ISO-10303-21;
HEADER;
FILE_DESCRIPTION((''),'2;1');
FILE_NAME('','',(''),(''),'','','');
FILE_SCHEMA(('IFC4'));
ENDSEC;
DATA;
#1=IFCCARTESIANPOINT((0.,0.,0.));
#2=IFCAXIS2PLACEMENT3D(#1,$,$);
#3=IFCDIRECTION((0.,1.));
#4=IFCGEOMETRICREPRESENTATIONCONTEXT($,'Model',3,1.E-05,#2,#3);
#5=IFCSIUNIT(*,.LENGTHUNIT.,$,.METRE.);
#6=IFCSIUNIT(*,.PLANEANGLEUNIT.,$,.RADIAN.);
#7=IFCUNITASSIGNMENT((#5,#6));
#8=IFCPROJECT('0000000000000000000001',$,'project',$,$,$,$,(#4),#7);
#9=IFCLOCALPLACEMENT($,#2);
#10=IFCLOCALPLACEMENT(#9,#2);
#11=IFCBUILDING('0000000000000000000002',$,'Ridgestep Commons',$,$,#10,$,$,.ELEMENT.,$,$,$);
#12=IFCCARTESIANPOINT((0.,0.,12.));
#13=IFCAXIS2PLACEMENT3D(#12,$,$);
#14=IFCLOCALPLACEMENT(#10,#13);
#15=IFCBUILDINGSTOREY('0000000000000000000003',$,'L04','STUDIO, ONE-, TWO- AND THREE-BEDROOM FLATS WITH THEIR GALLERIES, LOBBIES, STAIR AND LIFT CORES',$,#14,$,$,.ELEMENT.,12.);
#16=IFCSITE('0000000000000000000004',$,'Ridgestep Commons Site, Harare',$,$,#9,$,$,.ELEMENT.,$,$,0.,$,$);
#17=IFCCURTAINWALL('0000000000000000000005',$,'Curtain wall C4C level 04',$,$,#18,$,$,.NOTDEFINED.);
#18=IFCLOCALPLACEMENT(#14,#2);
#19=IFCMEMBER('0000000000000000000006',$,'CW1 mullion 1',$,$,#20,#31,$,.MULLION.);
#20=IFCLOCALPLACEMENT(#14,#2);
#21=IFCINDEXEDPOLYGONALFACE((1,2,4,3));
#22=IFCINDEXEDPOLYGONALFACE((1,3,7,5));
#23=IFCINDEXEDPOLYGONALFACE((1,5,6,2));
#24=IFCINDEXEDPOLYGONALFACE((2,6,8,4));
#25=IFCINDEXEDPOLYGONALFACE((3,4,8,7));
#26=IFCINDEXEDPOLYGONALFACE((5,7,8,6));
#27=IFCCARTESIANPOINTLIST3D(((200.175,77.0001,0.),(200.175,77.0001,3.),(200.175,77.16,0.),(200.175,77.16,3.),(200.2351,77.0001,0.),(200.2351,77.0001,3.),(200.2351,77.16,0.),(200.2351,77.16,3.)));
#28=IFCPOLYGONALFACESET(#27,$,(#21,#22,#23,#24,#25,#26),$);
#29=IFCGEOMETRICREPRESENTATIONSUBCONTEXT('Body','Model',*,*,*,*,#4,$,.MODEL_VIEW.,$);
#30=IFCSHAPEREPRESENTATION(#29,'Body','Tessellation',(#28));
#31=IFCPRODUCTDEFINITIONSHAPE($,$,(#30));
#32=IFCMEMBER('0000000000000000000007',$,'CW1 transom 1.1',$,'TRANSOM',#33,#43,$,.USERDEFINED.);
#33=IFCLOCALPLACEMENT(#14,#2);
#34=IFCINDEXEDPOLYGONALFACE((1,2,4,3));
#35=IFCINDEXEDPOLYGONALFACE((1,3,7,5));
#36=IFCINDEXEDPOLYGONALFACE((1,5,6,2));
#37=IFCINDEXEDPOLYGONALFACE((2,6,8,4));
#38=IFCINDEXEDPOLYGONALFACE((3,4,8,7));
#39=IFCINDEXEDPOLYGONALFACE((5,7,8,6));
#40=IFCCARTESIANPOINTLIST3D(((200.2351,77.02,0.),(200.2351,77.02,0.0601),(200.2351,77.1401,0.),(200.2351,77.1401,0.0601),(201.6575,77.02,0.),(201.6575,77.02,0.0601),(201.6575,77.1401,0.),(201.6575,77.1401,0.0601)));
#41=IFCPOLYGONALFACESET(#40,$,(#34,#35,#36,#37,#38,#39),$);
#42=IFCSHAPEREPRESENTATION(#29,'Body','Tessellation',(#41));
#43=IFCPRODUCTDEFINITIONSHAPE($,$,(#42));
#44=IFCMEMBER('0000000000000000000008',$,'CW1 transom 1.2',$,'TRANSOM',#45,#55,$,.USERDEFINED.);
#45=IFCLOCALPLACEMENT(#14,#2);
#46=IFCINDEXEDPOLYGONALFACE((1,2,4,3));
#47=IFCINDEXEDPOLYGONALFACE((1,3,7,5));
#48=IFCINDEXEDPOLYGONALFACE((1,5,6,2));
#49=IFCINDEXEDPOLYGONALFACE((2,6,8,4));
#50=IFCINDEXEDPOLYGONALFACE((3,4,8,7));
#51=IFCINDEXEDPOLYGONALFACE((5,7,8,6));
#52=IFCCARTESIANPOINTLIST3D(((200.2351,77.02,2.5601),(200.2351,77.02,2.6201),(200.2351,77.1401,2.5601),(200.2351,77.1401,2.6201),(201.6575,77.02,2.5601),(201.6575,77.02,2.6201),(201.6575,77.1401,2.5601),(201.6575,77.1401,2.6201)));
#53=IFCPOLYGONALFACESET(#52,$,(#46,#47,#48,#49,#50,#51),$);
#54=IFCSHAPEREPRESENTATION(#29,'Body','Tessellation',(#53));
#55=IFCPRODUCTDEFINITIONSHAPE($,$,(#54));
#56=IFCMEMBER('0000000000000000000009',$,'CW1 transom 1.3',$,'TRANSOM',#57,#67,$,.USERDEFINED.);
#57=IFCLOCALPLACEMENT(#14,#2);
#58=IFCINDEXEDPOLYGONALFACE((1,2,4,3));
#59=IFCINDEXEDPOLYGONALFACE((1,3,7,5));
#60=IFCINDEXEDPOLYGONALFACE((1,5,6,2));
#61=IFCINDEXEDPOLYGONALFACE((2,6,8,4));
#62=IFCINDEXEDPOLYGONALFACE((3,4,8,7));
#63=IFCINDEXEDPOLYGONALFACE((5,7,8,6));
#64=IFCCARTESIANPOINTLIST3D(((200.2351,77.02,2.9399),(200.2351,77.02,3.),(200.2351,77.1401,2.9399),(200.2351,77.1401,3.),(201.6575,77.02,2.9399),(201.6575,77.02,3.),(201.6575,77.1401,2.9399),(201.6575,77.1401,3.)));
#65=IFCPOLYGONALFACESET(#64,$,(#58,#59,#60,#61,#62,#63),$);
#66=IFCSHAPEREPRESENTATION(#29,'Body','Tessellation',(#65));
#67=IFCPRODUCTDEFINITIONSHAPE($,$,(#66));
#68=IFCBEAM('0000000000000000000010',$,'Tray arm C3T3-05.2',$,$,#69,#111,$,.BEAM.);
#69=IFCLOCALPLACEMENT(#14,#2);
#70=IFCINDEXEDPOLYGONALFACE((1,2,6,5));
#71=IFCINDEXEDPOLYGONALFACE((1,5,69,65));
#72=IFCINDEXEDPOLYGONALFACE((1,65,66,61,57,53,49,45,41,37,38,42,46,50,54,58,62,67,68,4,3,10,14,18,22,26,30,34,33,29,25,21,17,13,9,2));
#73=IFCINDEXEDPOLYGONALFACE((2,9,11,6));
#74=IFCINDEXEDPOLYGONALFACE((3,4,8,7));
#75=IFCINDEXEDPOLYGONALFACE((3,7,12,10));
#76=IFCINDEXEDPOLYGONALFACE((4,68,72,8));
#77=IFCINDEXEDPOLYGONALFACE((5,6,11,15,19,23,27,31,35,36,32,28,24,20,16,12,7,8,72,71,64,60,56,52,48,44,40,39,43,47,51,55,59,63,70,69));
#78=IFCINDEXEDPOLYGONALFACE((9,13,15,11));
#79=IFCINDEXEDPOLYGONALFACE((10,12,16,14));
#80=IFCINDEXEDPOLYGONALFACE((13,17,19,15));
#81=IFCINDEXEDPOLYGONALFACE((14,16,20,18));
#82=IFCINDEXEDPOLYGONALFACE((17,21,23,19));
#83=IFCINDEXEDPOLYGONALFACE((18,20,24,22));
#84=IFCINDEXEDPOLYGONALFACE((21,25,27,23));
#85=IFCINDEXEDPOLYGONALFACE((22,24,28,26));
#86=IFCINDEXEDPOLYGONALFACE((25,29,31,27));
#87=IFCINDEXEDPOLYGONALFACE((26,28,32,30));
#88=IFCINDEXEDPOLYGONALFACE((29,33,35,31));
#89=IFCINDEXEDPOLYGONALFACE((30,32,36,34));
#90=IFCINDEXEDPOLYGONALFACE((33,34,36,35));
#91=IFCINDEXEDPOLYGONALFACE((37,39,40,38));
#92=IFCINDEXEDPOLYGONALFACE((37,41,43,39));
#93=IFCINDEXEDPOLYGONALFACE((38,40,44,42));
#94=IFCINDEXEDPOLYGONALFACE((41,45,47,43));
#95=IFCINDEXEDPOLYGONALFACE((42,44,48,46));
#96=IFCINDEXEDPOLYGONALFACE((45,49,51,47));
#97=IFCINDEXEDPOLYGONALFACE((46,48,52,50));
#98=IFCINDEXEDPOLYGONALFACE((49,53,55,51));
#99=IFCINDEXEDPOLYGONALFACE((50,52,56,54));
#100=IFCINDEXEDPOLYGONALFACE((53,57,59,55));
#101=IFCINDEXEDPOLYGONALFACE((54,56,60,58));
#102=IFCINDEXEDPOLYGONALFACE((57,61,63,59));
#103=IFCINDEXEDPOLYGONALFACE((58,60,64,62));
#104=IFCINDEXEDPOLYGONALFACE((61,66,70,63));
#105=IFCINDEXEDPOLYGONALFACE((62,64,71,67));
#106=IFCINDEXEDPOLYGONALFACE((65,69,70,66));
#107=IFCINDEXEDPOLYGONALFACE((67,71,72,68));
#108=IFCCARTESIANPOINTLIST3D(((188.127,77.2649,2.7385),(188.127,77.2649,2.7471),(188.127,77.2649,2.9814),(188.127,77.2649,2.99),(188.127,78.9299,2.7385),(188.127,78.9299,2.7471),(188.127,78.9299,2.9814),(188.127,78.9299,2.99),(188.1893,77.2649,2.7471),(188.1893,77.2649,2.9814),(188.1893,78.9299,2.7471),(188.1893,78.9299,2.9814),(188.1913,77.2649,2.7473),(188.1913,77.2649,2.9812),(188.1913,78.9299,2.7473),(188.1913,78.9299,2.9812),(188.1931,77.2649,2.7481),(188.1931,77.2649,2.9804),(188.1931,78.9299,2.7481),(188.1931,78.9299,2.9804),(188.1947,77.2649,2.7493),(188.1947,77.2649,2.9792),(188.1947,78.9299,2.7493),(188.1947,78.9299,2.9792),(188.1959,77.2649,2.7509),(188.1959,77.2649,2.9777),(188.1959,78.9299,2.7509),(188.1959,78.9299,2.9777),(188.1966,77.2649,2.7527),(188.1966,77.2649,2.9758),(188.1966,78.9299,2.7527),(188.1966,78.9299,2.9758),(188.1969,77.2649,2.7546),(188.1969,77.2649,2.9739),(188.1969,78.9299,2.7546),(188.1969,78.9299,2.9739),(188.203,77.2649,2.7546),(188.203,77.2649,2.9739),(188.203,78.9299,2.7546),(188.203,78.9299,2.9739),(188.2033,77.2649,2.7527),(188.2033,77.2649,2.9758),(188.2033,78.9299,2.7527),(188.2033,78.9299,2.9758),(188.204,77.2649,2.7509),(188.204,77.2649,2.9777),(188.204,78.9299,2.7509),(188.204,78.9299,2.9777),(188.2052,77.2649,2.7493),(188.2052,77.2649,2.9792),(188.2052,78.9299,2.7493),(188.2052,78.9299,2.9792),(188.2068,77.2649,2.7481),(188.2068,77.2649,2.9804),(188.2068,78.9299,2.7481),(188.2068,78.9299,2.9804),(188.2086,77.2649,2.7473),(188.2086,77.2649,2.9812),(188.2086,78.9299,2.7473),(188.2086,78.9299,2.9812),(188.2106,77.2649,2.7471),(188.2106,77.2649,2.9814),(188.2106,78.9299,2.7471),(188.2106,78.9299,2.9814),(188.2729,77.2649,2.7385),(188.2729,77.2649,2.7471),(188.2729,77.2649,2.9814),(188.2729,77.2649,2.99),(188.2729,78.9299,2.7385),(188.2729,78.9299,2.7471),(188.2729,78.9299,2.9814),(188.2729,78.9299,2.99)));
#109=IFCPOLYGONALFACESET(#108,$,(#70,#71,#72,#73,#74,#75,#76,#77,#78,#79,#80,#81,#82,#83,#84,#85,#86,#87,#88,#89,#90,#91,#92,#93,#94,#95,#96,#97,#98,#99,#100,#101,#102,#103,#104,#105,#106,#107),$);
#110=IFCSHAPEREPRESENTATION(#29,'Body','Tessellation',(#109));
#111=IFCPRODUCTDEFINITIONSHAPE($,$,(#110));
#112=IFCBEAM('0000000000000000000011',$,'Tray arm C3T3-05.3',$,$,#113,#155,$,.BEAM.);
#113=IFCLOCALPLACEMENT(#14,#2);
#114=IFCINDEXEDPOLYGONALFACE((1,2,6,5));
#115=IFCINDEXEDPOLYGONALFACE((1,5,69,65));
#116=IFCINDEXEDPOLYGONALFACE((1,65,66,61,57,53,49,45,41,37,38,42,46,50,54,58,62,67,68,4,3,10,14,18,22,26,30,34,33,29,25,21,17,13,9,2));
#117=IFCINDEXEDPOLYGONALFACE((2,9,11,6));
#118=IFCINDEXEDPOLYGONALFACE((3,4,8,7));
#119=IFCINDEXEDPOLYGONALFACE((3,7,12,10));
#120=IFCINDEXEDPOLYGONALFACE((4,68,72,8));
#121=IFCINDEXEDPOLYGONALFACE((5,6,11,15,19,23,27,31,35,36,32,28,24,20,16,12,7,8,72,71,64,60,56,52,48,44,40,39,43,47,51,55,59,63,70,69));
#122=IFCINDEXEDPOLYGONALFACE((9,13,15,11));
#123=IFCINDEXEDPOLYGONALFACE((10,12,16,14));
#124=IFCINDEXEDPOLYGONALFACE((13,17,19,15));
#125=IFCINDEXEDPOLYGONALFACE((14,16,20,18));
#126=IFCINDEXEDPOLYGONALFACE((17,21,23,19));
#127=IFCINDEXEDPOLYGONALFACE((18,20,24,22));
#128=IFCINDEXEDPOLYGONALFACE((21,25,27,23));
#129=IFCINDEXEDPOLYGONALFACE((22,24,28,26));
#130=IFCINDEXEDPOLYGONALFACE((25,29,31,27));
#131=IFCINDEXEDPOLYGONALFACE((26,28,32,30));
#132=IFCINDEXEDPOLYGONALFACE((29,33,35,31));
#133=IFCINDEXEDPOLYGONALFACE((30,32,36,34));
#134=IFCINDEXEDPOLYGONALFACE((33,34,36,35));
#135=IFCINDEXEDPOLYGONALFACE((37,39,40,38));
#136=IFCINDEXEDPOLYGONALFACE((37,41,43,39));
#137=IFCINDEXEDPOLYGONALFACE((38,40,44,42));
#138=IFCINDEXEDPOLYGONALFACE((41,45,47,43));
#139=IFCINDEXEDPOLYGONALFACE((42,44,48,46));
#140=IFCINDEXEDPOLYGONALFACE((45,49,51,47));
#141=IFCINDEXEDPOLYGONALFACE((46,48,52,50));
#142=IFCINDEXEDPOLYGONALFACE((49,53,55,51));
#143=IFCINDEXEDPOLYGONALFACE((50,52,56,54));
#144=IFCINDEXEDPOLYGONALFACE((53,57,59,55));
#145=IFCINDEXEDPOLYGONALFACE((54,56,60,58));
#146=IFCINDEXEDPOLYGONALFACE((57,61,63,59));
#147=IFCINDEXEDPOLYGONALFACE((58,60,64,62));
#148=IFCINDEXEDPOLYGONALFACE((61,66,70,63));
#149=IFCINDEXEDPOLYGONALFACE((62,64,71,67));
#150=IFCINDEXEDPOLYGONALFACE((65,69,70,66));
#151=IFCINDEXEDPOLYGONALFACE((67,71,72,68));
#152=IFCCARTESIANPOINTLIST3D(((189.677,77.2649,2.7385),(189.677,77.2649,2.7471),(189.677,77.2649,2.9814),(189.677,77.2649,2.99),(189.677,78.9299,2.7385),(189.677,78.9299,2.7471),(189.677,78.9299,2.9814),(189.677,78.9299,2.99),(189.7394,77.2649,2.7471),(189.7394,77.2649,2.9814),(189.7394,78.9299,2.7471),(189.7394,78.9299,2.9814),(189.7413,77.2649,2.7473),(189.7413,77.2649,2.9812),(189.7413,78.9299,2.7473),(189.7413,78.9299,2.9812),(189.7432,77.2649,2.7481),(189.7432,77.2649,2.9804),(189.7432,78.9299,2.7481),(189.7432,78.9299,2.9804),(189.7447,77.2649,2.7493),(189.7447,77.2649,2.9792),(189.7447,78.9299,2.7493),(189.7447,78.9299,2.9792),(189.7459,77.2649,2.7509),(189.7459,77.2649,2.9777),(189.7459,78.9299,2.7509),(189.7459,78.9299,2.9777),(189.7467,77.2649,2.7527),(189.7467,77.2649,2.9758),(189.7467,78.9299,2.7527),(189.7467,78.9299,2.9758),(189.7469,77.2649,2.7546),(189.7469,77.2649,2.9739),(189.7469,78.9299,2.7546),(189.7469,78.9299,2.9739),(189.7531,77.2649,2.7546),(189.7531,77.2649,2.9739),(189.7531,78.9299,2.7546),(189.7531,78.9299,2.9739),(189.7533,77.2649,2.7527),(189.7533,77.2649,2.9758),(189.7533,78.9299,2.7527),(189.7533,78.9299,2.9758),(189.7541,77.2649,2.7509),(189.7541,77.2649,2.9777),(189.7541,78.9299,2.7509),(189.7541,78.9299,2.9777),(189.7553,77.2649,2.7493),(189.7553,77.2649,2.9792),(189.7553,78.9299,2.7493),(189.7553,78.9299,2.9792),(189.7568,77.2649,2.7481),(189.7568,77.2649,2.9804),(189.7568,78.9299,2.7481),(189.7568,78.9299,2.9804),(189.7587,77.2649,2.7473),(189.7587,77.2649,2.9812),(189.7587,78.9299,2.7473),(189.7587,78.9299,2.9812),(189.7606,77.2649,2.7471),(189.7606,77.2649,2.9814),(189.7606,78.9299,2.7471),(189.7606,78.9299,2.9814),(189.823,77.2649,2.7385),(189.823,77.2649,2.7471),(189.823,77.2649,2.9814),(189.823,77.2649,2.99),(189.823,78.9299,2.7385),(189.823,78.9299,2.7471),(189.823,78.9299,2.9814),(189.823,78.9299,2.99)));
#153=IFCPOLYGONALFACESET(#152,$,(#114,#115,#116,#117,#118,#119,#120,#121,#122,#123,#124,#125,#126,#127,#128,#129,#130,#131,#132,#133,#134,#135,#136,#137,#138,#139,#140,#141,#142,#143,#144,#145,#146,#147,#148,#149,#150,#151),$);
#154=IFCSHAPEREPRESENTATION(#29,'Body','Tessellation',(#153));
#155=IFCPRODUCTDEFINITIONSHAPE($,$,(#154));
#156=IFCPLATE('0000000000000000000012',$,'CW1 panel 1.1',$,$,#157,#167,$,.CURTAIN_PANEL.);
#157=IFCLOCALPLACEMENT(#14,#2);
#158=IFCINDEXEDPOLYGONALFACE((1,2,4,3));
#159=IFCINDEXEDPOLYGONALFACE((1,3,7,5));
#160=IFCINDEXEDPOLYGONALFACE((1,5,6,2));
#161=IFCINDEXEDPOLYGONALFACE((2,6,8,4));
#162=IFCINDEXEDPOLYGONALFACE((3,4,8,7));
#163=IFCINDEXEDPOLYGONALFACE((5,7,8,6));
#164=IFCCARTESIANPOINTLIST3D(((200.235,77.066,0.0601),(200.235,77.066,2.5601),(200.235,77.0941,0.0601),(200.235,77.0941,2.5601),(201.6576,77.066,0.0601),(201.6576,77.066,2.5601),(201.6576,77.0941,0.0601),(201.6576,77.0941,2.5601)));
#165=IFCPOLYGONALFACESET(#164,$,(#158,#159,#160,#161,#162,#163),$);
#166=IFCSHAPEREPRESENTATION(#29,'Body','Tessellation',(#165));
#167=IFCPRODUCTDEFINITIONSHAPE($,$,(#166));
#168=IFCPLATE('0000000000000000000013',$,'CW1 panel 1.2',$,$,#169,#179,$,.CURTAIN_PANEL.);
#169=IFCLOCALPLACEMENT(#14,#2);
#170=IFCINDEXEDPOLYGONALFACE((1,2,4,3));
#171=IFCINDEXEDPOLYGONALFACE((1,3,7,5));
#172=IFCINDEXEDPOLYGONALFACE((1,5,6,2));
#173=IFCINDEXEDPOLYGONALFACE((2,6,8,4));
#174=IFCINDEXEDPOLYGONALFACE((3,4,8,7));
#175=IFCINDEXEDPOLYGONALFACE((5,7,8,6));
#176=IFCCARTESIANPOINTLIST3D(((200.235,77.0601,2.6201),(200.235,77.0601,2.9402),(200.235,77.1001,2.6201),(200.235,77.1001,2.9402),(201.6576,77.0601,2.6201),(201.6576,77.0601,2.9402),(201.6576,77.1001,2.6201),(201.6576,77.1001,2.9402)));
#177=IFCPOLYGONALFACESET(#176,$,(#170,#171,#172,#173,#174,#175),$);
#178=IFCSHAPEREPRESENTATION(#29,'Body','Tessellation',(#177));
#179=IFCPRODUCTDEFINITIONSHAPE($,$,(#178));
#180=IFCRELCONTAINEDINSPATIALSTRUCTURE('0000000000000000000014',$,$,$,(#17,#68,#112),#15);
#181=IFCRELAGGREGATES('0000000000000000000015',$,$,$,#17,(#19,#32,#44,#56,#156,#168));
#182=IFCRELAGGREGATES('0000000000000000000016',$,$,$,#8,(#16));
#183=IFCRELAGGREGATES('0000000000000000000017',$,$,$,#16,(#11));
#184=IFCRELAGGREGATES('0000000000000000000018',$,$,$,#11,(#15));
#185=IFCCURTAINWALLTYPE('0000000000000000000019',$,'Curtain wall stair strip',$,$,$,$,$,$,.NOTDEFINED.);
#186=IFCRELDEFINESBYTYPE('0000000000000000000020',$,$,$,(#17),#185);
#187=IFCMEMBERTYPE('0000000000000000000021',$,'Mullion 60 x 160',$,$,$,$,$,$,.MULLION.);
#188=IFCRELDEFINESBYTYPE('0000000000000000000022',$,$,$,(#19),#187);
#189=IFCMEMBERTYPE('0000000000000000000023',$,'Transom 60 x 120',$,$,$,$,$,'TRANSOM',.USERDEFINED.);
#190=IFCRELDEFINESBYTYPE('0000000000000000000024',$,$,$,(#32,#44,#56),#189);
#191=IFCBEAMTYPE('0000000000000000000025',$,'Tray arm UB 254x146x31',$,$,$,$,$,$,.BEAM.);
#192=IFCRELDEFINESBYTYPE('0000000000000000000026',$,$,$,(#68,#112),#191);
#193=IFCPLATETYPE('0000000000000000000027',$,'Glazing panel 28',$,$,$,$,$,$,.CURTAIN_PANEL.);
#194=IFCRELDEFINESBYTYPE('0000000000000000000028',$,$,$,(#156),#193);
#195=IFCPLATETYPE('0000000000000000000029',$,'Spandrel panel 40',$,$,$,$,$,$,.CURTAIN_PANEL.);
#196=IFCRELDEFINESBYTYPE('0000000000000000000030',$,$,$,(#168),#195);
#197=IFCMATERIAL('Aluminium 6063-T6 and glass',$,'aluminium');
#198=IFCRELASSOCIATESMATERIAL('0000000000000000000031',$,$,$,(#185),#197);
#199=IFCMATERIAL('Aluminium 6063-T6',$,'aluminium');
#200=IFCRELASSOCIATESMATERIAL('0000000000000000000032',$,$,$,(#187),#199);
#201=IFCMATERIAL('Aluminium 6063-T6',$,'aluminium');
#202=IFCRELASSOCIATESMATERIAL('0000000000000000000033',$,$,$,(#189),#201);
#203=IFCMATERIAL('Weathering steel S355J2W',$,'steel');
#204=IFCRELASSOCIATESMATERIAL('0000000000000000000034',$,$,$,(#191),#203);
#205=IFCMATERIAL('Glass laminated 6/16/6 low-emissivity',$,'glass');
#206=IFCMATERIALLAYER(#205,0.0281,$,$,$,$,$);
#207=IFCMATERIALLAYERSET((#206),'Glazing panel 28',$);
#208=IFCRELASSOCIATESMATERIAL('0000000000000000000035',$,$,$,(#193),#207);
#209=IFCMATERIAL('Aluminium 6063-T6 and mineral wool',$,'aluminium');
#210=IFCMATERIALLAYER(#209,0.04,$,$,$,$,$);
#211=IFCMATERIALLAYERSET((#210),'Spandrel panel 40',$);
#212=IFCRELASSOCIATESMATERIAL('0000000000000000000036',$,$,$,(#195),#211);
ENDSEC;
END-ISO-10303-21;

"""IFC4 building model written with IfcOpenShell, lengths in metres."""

from ifc_helpers import new_model, si_unit, direction, frame, origin, origin_2d, place, context, subcontext, project, spatial, rectangle, i_section, extrude, material, layer, layer_set, material_profile, profile_set, type_object, element, aggregate, save


model = new_model("IFC4")

# Units and contexts
model_context = context("Model", 3, precision=1e-05, world=origin(), true_north=direction((0.0, 1.0)))
body_context = subcontext(model_context, "Body", "Model", "MODEL_VIEW")
ifc_project = project(units=[si_unit("LENGTHUNIT", "METRE"), si_unit("PLANEANGLEUNIT", "RADIAN")], contexts=[model_context])

# Site, building, storey
site_placement = place(None, origin())
site = spatial("IfcSite", under=ifc_project, at=site_placement, Name="Ridgestep Commons Site, Harare", CompositionType="ELEMENT", RefElevation=0.0)
building_placement = place(site_placement, origin())
building = spatial("IfcBuilding", under=site, at=building_placement, Name="Ridgestep Commons", CompositionType="ELEMENT")
storey_placement = place(building_placement, frame((0.0, 0.0, 12.0)))
storey = spatial("IfcBuildingStorey", under=building, at=storey_placement, Name="L04", Description="STUDIO, ONE-, TWO- AND THREE-BEDROOM FLATS WITH THEIR GALLERIES, LOBBIES, STAIR AND LIFT CORES", CompositionType="ELEMENT", Elevation=12.0)

# Curtain wall, members
ifc_material_1 = material(Name="Aluminium 6063-T6 and glass", Category="aluminium")
curtain_wall_type = type_object("IfcCurtainWallType", Name="Curtain wall stair strip", PredefinedType="NOTDEFINED", material=ifc_material_1)
curtain_wall_placement = place(storey_placement, origin())
curtain_wall = element("IfcCurtainWall", 1, at=curtain_wall_placement, inside=storey, type_object=curtain_wall_type, Name="Curtain wall C4C level 04", PredefinedType="NOTDEFINED")
ifc_material_2 = material(Name="Aluminium 6063-T6", Category="aluminium")
ifc_material_profile_1 = material_profile(ifc_material_2, rectangle(XDim=0.1599, YDim=0.0601, at=origin_2d()), Name="Mullion 60 x 160")
ifc_profile_set_1 = profile_set([ifc_material_profile_1], Name="Aluminium 6063-T6")
member_type_1 = type_object("IfcMemberType", Name="Mullion 60 x 160", PredefinedType="MULLION", material=ifc_profile_set_1)
member_1_placement = place(storey_placement, frame((200.2051, 77.0801, 0.0), z_axis=(0.0, 0.0, 1.0), x_axis=(0.0, 1.0, 0.0)))
member_1 = element("IfcMember", 2, at=member_1_placement, type_object=member_type_1, Name="CW1 mullion 1", PredefinedType="MULLION", context=body_context, shape_type="SweptSolid", body=[
    extrude(rectangle(XDim=0.1599, YDim=0.0601, at=origin_2d()), origin(), (0.0, 0.0, 1.0), 3.0),
])
ifc_material_3 = material(Name="Aluminium 6063-T6", Category="aluminium")
ifc_material_profile_2 = material_profile(ifc_material_3, rectangle(XDim=0.1201, YDim=0.0601, at=origin_2d()), Name="Transom 60 x 120")
ifc_profile_set_2 = profile_set([ifc_material_profile_2], Name="Aluminium 6063-T6")
member_type_2 = type_object("IfcMemberType", Name="Transom 60 x 120", ElementType="TRANSOM", PredefinedType="USERDEFINED", material=ifc_profile_set_2)
member_2_placement = place(storey_placement, frame((200.2351, 77.0801, 0.03), z_axis=(1.0, 0.0, 0.0), x_axis=(0.0, 1.0, 0.0)))
member_2 = element("IfcMember", 3, at=member_2_placement, type_object=member_type_2, Name="CW1 transom 1.1", ObjectType="TRANSOM", PredefinedType="USERDEFINED", context=body_context, shape_type="SweptSolid", body=[
    extrude(rectangle(XDim=0.1201, YDim=0.0601, at=origin_2d()), origin(), (0.0, 0.0, 1.0), 1.4224),
])
member_3_placement = place(storey_placement, frame((200.2351, 77.0801, 2.5901), z_axis=(1.0, 0.0, 0.0), x_axis=(0.0, 1.0, 0.0)))
member_3 = element("IfcMember", 4, at=member_3_placement, type_object=member_type_2, Name="CW1 transom 1.2", ObjectType="TRANSOM", PredefinedType="USERDEFINED", context=body_context, shape_type="SweptSolid", body=[
    extrude(rectangle(XDim=0.1201, YDim=0.0601, at=origin_2d()), origin(), (0.0, 0.0, 1.0), 1.4224),
])
member_4_placement = place(storey_placement, frame((200.2351, 77.0801, 2.97), z_axis=(1.0, 0.0, 0.0), x_axis=(0.0, 1.0, 0.0)))
member_4 = element("IfcMember", 5, at=member_4_placement, type_object=member_type_2, Name="CW1 transom 1.3", ObjectType="TRANSOM", PredefinedType="USERDEFINED", context=body_context, shape_type="SweptSolid", body=[
    extrude(rectangle(XDim=0.1201, YDim=0.0601, at=origin_2d()), origin(), (0.0, 0.0, 1.0), 1.4224),
])

# Beams
ifc_material_4 = material(Name="Weathering steel S355J2W", Category="steel")
ifc_material_profile_3 = material_profile(ifc_material_4, i_section(OverallWidth=0.146, OverallDepth=0.2515, WebThickness=0.0061, FlangeThickness=0.0085, FilletRadius=0.0076, at=origin_2d()), Name="UB 254x146x31")
ifc_profile_set_3 = profile_set([ifc_material_profile_3], Name="Weathering steel S355J2W")
beam_type = type_object("IfcBeamType", Name="Tray arm UB 254x146x31", PredefinedType="BEAM", material=ifc_profile_set_3)
for number, where, z_axis, x_axis, name in (
    (6, (188.2, 77.2649, 2.8643), (0.0, 1.0, 0.0), (-1.0, 0.0, 0.0), "Tray arm C3T3-05.2"),
    (7, (189.75, 77.2649, 2.8643), (0.0, 1.0, 0.0), (-1.0, 0.0, 0.0), "Tray arm C3T3-05.3"),
):
    element("IfcBeam", number, at=place(storey_placement, frame(where, z_axis=z_axis, x_axis=x_axis)), inside=storey, type_object=beam_type, Name=name, PredefinedType="BEAM", context=body_context, shape_type="SweptSolid", body=[
        extrude(i_section(OverallWidth=0.146, OverallDepth=0.2515, WebThickness=0.0061, FlangeThickness=0.0085, FilletRadius=0.0076, at=origin_2d()), origin(), (0.0, 0.0, 1.0), 1.665),
    ])

# Plates
ifc_material_5 = material(Name="Glass laminated 6/16/6 low-emissivity", Category="glass")
ifc_layer_1 = layer(ifc_material_5, 0.0281)
ifc_layer_set_1 = layer_set([ifc_layer_1], Name="Glazing panel 28")
plate_type_1 = type_object("IfcPlateType", Name="Glazing panel 28", PredefinedType="CURTAIN_PANEL", material=ifc_layer_set_1)
plate_1_placement = place(storey_placement, frame((200.9463, 77.0801, 0.0601), z_axis=(0.0, 0.0, 1.0), x_axis=(1.0, 0.0, 0.0)))
plate_1 = element("IfcPlate", 8, at=plate_1_placement, type_object=plate_type_1, Name="CW1 panel 1.1", PredefinedType="CURTAIN_PANEL", context=body_context, shape_type="SweptSolid", body=[
    extrude(rectangle(XDim=1.4226, YDim=0.0281, at=origin_2d()), origin(), (0.0, 0.0, 1.0), 2.5),
])
ifc_material_6 = material(Name="Aluminium 6063-T6 and mineral wool", Category="aluminium")
ifc_layer_2 = layer(ifc_material_6, 0.04)
ifc_layer_set_2 = layer_set([ifc_layer_2], Name="Spandrel panel 40")
plate_type_2 = type_object("IfcPlateType", Name="Spandrel panel 40", PredefinedType="CURTAIN_PANEL", material=ifc_layer_set_2)
plate_2_placement = place(storey_placement, frame((200.9463, 77.0801, 2.6201), z_axis=(0.0, 0.0, 1.0), x_axis=(1.0, 0.0, 0.0)))
plate_2 = element("IfcPlate", 9, at=plate_2_placement, type_object=plate_type_2, Name="CW1 panel 1.2", PredefinedType="CURTAIN_PANEL", context=body_context, shape_type="SweptSolid", body=[
    extrude(rectangle(XDim=1.4226, YDim=0.04, at=origin_2d()), origin(), (0.0, 0.0, 1.0), 0.3201),
])
aggregate(curtain_wall, [member_1, member_2, member_3, member_4, plate_1, plate_2])

save(model, "model.ifc")
